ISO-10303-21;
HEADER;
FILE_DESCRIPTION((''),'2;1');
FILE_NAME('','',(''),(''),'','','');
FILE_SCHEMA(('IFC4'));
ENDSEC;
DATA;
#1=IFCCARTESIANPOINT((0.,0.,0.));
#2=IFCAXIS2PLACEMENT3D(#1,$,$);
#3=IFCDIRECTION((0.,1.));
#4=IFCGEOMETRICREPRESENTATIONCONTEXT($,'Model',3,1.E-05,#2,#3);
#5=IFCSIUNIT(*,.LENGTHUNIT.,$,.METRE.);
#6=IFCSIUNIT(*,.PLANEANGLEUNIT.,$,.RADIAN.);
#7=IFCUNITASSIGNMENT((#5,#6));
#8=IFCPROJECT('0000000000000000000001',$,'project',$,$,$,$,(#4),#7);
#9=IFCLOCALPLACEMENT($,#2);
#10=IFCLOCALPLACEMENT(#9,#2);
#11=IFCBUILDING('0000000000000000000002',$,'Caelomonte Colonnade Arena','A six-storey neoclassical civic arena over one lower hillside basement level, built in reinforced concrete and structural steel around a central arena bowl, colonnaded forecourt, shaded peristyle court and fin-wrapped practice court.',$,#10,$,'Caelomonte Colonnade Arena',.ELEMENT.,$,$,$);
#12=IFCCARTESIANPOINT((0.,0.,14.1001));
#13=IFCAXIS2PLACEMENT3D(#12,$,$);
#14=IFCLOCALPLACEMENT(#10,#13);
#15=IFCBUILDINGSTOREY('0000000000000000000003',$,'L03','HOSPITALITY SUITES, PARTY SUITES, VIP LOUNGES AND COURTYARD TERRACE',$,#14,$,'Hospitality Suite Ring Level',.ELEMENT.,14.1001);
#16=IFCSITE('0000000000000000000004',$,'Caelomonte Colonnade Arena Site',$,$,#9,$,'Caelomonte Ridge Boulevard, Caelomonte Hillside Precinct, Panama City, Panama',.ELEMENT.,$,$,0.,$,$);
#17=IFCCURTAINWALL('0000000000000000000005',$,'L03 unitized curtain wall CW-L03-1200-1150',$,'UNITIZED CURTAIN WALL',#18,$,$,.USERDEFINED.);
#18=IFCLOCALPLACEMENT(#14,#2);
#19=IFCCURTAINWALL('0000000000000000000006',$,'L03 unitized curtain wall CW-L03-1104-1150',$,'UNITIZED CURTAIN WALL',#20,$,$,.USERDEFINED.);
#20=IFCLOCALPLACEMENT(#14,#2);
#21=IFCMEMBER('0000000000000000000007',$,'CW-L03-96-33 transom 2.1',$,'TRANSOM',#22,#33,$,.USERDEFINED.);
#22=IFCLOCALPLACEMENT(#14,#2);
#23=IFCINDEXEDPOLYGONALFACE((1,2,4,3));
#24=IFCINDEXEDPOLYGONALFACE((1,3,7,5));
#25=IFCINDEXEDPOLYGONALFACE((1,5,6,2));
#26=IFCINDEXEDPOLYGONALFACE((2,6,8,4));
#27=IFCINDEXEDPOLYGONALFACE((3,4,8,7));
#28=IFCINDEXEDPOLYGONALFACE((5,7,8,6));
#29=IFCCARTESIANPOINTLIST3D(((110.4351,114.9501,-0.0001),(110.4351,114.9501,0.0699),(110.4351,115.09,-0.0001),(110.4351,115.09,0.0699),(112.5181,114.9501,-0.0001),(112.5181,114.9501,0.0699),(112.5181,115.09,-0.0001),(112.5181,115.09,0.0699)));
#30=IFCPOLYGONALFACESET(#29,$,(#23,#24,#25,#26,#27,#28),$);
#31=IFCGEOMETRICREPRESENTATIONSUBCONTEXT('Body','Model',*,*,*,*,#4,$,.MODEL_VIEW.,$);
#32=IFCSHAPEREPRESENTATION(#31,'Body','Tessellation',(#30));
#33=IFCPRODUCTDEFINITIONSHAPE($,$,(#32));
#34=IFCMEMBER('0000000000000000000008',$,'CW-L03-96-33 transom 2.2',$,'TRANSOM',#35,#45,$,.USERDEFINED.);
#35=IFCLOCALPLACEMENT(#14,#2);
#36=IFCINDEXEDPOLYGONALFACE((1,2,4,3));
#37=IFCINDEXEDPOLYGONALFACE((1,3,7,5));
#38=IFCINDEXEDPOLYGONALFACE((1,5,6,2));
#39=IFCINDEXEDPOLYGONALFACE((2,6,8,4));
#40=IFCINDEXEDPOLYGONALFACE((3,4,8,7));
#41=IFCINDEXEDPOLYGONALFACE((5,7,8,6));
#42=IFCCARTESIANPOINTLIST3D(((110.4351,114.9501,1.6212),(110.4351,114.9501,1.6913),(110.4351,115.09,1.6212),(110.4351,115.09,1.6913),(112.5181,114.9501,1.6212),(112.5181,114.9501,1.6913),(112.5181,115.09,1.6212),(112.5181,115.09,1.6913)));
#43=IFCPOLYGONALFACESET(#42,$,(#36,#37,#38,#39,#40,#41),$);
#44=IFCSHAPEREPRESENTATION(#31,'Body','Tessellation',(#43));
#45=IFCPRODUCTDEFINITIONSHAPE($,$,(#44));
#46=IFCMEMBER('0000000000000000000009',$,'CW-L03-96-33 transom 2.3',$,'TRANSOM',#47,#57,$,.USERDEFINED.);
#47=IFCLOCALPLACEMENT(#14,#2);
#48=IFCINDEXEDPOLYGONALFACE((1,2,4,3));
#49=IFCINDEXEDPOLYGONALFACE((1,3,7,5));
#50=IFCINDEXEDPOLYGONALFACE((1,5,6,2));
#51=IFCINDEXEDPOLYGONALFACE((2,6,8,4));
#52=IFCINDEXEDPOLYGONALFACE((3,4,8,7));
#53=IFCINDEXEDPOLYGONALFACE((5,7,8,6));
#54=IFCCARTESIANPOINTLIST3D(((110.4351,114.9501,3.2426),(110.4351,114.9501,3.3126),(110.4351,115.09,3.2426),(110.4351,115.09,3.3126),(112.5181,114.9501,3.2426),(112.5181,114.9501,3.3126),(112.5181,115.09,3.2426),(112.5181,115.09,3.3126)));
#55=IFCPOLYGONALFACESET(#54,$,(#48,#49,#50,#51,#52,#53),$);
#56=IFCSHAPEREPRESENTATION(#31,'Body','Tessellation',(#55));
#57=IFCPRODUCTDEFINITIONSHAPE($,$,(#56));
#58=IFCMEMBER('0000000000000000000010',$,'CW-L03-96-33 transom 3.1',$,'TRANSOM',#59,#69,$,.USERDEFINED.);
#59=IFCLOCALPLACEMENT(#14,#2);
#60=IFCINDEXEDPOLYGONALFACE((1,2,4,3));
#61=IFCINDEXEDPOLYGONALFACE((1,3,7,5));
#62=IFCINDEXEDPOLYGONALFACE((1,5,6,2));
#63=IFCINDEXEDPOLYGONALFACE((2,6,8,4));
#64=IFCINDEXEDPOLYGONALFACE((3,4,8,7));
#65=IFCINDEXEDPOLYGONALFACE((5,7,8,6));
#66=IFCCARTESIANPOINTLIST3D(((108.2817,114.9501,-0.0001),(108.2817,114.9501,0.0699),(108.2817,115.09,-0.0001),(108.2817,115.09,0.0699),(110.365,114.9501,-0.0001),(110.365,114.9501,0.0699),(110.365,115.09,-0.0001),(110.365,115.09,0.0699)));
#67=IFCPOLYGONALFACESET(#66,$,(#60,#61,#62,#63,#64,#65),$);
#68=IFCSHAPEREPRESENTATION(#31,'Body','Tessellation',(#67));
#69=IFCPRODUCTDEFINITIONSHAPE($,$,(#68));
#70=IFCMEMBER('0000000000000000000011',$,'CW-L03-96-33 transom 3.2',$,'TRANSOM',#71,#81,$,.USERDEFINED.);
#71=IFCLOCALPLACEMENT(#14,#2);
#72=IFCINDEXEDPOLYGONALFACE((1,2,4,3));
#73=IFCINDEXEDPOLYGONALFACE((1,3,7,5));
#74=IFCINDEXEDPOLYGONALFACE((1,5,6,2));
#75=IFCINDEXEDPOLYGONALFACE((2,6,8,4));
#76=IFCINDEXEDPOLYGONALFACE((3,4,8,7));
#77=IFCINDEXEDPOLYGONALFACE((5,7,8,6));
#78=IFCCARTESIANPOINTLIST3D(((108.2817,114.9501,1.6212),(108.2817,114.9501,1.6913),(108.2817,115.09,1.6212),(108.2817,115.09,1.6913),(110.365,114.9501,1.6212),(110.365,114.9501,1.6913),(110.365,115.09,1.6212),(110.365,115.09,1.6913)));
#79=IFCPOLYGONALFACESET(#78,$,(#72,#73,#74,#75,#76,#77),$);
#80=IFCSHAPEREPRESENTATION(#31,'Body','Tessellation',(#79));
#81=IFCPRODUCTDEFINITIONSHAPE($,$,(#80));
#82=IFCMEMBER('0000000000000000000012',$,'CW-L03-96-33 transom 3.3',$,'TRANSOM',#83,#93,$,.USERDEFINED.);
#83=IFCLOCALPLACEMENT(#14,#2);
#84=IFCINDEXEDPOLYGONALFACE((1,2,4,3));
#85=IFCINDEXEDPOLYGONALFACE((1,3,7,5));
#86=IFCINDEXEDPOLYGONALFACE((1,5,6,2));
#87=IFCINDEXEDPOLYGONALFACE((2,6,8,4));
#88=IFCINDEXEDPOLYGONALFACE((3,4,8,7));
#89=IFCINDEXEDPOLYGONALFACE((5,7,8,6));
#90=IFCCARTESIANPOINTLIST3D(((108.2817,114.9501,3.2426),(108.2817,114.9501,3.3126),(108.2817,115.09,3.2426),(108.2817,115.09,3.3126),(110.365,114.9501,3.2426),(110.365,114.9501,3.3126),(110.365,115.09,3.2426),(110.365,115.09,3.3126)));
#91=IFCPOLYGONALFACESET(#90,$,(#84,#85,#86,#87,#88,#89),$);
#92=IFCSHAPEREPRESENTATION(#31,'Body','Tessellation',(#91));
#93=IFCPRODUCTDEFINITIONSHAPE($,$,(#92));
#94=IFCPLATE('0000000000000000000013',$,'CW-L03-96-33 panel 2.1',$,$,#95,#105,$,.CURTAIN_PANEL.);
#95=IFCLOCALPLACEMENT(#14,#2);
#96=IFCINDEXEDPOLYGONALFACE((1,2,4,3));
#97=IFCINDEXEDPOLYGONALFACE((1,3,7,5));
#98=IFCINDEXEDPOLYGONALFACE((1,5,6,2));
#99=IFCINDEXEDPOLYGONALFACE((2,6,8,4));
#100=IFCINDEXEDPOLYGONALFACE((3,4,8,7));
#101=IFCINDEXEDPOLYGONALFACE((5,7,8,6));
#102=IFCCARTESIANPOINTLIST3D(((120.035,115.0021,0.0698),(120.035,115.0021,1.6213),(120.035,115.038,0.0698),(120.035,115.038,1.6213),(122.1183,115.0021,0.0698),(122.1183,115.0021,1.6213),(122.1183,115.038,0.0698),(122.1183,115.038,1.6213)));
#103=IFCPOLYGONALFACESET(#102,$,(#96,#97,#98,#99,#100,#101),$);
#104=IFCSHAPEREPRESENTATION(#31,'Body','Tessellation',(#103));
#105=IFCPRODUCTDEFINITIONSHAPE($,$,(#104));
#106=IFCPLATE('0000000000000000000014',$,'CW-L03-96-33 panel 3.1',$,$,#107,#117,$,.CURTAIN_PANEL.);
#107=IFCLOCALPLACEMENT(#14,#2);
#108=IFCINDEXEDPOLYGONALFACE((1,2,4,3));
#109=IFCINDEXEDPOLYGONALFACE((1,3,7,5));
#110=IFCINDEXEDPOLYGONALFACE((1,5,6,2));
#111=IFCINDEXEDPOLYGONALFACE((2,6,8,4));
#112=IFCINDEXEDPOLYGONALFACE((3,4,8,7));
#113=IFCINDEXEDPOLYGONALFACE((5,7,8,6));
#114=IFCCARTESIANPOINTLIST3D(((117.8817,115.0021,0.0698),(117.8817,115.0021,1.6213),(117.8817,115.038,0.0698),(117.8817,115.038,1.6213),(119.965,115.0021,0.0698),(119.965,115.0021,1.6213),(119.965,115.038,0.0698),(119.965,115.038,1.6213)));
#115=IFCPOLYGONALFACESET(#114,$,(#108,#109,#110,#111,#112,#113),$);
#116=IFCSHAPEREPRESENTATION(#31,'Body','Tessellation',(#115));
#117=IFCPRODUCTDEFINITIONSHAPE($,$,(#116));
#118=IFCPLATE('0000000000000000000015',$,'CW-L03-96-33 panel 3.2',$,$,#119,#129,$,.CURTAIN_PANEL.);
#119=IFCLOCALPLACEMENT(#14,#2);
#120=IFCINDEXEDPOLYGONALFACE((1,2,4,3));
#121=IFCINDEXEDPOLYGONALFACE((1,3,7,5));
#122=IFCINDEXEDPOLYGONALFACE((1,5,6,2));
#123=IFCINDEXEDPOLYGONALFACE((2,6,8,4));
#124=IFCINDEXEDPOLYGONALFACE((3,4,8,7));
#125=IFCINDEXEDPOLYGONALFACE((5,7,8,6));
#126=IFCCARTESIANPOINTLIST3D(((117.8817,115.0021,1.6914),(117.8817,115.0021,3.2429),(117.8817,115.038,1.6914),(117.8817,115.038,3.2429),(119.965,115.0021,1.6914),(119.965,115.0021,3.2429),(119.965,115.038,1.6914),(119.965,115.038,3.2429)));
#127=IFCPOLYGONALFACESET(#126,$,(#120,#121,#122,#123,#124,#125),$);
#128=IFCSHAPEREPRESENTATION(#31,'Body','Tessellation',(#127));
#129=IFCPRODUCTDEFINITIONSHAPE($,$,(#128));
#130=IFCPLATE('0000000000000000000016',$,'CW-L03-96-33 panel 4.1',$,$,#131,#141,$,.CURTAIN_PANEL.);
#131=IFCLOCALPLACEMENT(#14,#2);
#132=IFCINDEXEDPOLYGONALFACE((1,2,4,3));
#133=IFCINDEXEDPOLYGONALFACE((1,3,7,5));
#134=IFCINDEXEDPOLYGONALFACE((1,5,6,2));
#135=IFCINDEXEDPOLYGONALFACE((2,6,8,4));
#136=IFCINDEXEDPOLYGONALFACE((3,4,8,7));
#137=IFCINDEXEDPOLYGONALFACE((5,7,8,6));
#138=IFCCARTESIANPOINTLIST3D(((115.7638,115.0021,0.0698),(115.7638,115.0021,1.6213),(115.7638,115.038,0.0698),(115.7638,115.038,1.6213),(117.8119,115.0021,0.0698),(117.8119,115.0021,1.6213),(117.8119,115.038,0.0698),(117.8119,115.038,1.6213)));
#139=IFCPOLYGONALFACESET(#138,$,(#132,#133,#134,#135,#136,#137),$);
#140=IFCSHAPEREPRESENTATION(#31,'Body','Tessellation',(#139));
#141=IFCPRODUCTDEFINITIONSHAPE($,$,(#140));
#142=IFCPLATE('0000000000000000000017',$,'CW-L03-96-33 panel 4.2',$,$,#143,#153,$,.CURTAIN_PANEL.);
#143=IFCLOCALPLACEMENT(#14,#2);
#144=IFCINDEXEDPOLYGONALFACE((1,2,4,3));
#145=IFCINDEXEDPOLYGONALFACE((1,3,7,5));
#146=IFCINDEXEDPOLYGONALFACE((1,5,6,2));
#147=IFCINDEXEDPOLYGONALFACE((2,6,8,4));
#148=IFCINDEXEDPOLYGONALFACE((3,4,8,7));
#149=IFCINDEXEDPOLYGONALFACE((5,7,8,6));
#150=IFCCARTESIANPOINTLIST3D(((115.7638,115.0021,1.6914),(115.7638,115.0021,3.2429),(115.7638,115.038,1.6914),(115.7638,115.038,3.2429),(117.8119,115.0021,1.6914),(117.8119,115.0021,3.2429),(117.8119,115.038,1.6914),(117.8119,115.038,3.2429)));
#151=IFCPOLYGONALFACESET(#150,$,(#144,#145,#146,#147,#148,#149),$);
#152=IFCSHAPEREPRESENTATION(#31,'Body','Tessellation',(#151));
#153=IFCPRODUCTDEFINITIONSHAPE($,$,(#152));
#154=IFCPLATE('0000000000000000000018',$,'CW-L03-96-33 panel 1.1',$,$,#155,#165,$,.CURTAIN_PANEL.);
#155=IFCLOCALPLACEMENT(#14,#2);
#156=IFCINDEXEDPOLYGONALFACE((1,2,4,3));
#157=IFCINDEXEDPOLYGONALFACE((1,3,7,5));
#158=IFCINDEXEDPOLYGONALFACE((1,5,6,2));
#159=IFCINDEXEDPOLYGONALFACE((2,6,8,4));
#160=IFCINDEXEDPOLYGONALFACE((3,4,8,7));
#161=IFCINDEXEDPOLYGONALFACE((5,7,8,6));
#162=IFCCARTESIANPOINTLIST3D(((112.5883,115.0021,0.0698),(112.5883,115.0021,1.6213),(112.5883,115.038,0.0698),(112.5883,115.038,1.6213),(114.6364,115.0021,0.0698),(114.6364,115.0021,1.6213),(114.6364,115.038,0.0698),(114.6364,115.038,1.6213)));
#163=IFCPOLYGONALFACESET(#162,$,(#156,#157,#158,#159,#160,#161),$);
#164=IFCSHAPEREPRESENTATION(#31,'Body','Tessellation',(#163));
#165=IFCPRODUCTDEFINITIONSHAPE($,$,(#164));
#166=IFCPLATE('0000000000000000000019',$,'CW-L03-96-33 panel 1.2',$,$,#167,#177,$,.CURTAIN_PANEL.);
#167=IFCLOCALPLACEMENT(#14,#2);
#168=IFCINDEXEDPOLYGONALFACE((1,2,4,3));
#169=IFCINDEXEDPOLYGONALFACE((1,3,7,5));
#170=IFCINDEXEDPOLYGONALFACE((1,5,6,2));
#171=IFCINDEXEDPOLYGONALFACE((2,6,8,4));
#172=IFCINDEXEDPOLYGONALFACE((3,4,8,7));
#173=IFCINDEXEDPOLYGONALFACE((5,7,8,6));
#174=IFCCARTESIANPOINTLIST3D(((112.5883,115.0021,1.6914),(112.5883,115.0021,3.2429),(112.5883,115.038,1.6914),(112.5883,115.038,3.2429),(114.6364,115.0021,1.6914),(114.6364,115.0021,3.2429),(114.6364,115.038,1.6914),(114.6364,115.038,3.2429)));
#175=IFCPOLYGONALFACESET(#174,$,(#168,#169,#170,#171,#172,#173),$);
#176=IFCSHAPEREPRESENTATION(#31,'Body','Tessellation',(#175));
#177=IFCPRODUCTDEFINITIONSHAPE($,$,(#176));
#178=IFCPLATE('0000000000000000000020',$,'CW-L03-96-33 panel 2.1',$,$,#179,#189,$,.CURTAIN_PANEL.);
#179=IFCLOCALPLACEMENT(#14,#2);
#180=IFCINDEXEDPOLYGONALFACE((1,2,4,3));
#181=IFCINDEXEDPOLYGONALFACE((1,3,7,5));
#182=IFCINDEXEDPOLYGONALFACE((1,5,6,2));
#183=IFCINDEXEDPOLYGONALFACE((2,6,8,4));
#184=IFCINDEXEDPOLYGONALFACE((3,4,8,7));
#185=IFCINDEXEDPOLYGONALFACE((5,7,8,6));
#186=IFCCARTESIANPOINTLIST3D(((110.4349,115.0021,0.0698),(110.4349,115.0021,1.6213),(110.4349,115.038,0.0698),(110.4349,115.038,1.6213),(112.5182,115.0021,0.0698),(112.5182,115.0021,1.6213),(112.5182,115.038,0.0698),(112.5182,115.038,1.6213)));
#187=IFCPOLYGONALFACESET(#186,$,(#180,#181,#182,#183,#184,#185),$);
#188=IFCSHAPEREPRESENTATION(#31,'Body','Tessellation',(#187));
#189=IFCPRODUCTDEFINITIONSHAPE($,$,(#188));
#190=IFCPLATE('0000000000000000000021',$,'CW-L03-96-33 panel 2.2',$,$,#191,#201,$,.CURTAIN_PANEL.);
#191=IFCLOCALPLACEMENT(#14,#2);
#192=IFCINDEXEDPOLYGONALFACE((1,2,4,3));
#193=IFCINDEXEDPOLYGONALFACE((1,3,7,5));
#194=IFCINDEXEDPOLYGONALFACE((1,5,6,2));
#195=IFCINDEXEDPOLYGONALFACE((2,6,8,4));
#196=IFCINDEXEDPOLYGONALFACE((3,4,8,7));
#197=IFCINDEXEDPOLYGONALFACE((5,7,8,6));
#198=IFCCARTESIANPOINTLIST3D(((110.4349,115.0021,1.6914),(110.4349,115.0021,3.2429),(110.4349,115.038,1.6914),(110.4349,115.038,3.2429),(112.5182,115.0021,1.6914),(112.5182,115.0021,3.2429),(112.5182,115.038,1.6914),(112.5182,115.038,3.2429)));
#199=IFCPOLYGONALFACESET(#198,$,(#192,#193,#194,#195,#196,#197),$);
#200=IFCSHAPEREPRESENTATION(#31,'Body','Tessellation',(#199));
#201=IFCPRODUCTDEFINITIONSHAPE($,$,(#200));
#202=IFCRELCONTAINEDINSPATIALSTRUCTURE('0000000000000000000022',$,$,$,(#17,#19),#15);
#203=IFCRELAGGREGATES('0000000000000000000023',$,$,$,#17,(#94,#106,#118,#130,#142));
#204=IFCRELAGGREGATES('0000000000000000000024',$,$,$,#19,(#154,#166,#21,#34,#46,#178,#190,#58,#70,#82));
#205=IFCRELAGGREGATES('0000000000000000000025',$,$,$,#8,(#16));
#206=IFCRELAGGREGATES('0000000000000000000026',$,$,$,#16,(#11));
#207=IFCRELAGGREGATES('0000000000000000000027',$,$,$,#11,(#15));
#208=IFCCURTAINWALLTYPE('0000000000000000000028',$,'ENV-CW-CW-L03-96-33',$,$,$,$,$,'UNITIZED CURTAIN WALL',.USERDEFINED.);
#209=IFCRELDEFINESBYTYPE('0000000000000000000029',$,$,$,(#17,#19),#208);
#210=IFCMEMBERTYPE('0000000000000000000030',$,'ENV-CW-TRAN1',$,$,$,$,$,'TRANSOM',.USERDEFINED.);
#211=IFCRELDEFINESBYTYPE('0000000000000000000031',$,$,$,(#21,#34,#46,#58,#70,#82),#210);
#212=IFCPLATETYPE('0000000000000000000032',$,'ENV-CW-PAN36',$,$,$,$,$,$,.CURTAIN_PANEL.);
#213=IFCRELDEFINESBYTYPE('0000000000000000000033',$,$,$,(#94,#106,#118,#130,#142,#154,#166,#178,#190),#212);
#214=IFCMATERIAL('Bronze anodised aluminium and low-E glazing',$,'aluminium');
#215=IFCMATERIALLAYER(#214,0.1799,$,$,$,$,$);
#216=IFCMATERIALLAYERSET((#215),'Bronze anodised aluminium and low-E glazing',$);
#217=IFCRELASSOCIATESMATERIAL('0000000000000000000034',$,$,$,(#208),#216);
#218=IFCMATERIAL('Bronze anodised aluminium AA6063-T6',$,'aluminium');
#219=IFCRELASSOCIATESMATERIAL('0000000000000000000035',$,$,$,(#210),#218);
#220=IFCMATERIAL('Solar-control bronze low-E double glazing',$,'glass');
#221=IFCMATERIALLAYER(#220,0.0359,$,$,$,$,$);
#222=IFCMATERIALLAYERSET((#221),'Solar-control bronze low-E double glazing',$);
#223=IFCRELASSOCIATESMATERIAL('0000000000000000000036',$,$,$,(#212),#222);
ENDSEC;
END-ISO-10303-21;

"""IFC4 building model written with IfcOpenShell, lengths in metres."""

from ifc_helpers import new_model, si_unit, direction, frame, origin, origin_2d, place, context, subcontext, project, spatial, rectangle, extrude, material, layer, layer_set, material_profile, profile_set, type_object, element, aggregate, save


model = new_model("IFC4")

# Units and contexts
model_context = context("Model", 3, precision=1e-05, world=origin(), true_north=direction((0.0, 1.0)))
body_context = subcontext(model_context, "Body", "Model", "MODEL_VIEW")
ifc_project = project(units=[si_unit("LENGTHUNIT", "METRE"), si_unit("PLANEANGLEUNIT", "RADIAN")], contexts=[model_context])

# Site, building, storey
site_placement = place(None, origin())
site = spatial("IfcSite", under=ifc_project, at=site_placement, Name="Caelomonte Colonnade Arena Site", LongName="Caelomonte Ridge Boulevard, Caelomonte Hillside Precinct, Panama City, Panama", CompositionType="ELEMENT", RefElevation=0.0)
building_placement = place(site_placement, origin())
building = spatial("IfcBuilding", under=site, at=building_placement, Name="Caelomonte Colonnade Arena", Description="A six-storey neoclassical civic arena over one lower hillside basement level, built in reinforced concrete and structural steel around a central arena bowl, colonnaded forecourt, shaded peristyle court and fin-wrapped practice court.", LongName="Caelomonte Colonnade Arena", CompositionType="ELEMENT")
storey_placement = place(building_placement, frame((0.0, 0.0, 14.1001)))
storey = spatial("IfcBuildingStorey", under=building, at=storey_placement, Name="L03", Description="HOSPITALITY SUITES, PARTY SUITES, VIP LOUNGES AND COURTYARD TERRACE", LongName="Hospitality Suite Ring Level", CompositionType="ELEMENT", Elevation=14.1001)

# Curtain walls
ifc_material_1 = material(Name="Bronze anodised aluminium and low-E glazing", Category="aluminium")
ifc_layer_1 = layer(ifc_material_1, 0.1799)
ifc_layer_set_1 = layer_set([ifc_layer_1], Name="Bronze anodised aluminium and low-E glazing")
curtain_wall_type = type_object("IfcCurtainWallType", Name="ENV-CW-CW-L03-96-33", ElementType="UNITIZED CURTAIN WALL", PredefinedType="USERDEFINED", material=ifc_layer_set_1)
curtain_wall_1_placement = place(storey_placement, origin())
curtain_wall_1 = element("IfcCurtainWall", 1, at=curtain_wall_1_placement, inside=storey, type_object=curtain_wall_type, Name="L03 unitized curtain wall CW-L03-1200-1150", ObjectType="UNITIZED CURTAIN WALL", PredefinedType="USERDEFINED")
ifc_material_2 = material(Name="Bronze anodised aluminium AA6063-T6", Category="aluminium")
curtain_wall_2_placement = place(storey_placement, origin())
curtain_wall_2 = element("IfcCurtainWall", 2, at=curtain_wall_2_placement, inside=storey, type_object=curtain_wall_type, Name="L03 unitized curtain wall CW-L03-1104-1150", ObjectType="UNITIZED CURTAIN WALL", PredefinedType="USERDEFINED")

# Members
ifc_material_profile_1 = material_profile(ifc_material_2, rectangle(XDim=0.0701, YDim=0.1399, at=origin_2d()), Name="CWT-70X140")
ifc_profile_set_1 = profile_set([ifc_material_profile_1], Name="Bronze anodised aluminium AA6063-T6")
member_type_1 = type_object("IfcMemberType", Name="ENV-CW-TRAN1", ElementType="TRANSOM", PredefinedType="USERDEFINED", material=ifc_profile_set_1)
member_1_placement = place(storey_placement, frame((112.5181, 115.02, 0.0349), z_axis=(-1.0, 0.0, 0.0), x_axis=(0.0, 0.0, 1.0)))
member_1 = element("IfcMember", 3, at=member_1_placement, type_object=member_type_1, Name="CW-L03-96-33 transom 2.1", ObjectType="TRANSOM", PredefinedType="USERDEFINED", context=body_context, shape_type="SweptSolid", body=[
    extrude(rectangle(XDim=0.0701, YDim=0.1399, at=origin_2d()), origin(), (0.0, 0.0, 1.0), 2.083),
])
member_2_placement = place(storey_placement, frame((112.5181, 115.02, 1.6562), z_axis=(-1.0, 0.0, 0.0), x_axis=(0.0, 0.0, 1.0)))
member_2 = element("IfcMember", 4, at=member_2_placement, type_object=member_type_1, Name="CW-L03-96-33 transom 2.2", ObjectType="TRANSOM", PredefinedType="USERDEFINED", context=body_context, shape_type="SweptSolid", body=[
    extrude(rectangle(XDim=0.0701, YDim=0.1399, at=origin_2d()), origin(), (0.0, 0.0, 1.0), 2.083),
])
member_3_placement = place(storey_placement, frame((112.5181, 115.02, 3.2776), z_axis=(-1.0, 0.0, 0.0), x_axis=(0.0, 0.0, 1.0)))
member_3 = element("IfcMember", 5, at=member_3_placement, type_object=member_type_1, Name="CW-L03-96-33 transom 2.3", ObjectType="TRANSOM", PredefinedType="USERDEFINED", context=body_context, shape_type="SweptSolid", body=[
    extrude(rectangle(XDim=0.0701, YDim=0.1399, at=origin_2d()), origin(), (0.0, 0.0, 1.0), 2.083),
])
member_4_placement = place(storey_placement, frame((110.365, 115.02, 0.0349), z_axis=(-1.0, 0.0, 0.0), x_axis=(0.0, 0.0, 1.0)))
member_4 = element("IfcMember", 6, at=member_4_placement, type_object=member_type_1, Name="CW-L03-96-33 transom 3.1", ObjectType="TRANSOM", PredefinedType="USERDEFINED", context=body_context, shape_type="SweptSolid", body=[
    extrude(rectangle(XDim=0.0701, YDim=0.1399, at=origin_2d()), origin(), (0.0, 0.0, 1.0), 2.0833),
])
member_5_placement = place(storey_placement, frame((110.365, 115.02, 1.6562), z_axis=(-1.0, 0.0, 0.0), x_axis=(0.0, 0.0, 1.0)))
member_5 = element("IfcMember", 7, at=member_5_placement, type_object=member_type_1, Name="CW-L03-96-33 transom 3.2", ObjectType="TRANSOM", PredefinedType="USERDEFINED", context=body_context, shape_type="SweptSolid", body=[
    extrude(rectangle(XDim=0.0701, YDim=0.1399, at=origin_2d()), origin(), (0.0, 0.0, 1.0), 2.0833),
])
member_6_placement = place(storey_placement, frame((110.365, 115.02, 3.2776), z_axis=(-1.0, 0.0, 0.0), x_axis=(0.0, 0.0, 1.0)))
member_6 = element("IfcMember", 8, at=member_6_placement, type_object=member_type_1, Name="CW-L03-96-33 transom 3.3", ObjectType="TRANSOM", PredefinedType="USERDEFINED", context=body_context, shape_type="SweptSolid", body=[
    extrude(rectangle(XDim=0.0701, YDim=0.1399, at=origin_2d()), origin(), (0.0, 0.0, 1.0), 2.0833),
])

# Plates
ifc_material_3 = material(Name="Solar-control bronze low-E double glazing", Category="glass")
ifc_layer_2 = layer(ifc_material_3, 0.0359)
ifc_layer_set_2 = layer_set([ifc_layer_2], Name="Solar-control bronze low-E double glazing")
plate_type = type_object("IfcPlateType", Name="ENV-CW-PAN36", PredefinedType="CURTAIN_PANEL", material=ifc_layer_set_2)
plate_1_placement = place(storey_placement, frame((121.0767, 115.02, 0.0698), z_axis=(0.0, 0.0, 1.0), x_axis=(-1.0, 0.0, 0.0)))
plate_1 = element("IfcPlate", 9, at=plate_1_placement, type_object=plate_type, Name="CW-L03-96-33 panel 2.1", PredefinedType="CURTAIN_PANEL", context=body_context, shape_type="SweptSolid", body=[
    extrude(rectangle(XDim=2.0833, YDim=0.0359, at=origin_2d()), origin(), (0.0, 0.0, 1.0), 1.5515),
])
plate_2_placement = place(storey_placement, frame((118.9233, 115.02, 0.0698), z_axis=(0.0, 0.0, 1.0), x_axis=(-1.0, 0.0, 0.0)))
plate_2 = element("IfcPlate", 10, at=plate_2_placement, type_object=plate_type, Name="CW-L03-96-33 panel 3.1", PredefinedType="CURTAIN_PANEL", context=body_context, shape_type="SweptSolid", body=[
    extrude(rectangle(XDim=2.0833, YDim=0.0359, at=origin_2d()), origin(), (0.0, 0.0, 1.0), 1.5515),
])
plate_3_placement = place(storey_placement, frame((118.9233, 115.02, 1.6914), z_axis=(0.0, 0.0, 1.0), x_axis=(-1.0, 0.0, 0.0)))
plate_3 = element("IfcPlate", 11, at=plate_3_placement, type_object=plate_type, Name="CW-L03-96-33 panel 3.2", PredefinedType="CURTAIN_PANEL", context=body_context, shape_type="SweptSolid", body=[
    extrude(rectangle(XDim=2.0833, YDim=0.0359, at=origin_2d()), origin(), (0.0, 0.0, 1.0), 1.5515),
])
plate_4_placement = place(storey_placement, frame((116.7878, 115.02, 0.0698), z_axis=(0.0, 0.0, 1.0), x_axis=(-1.0, 0.0, 0.0)))
plate_4 = element("IfcPlate", 12, at=plate_4_placement, type_object=plate_type, Name="CW-L03-96-33 panel 4.1", PredefinedType="CURTAIN_PANEL", context=body_context, shape_type="SweptSolid", body=[
    extrude(rectangle(XDim=2.0481, YDim=0.0359, at=origin_2d()), origin(), (0.0, 0.0, 1.0), 1.5515),
])
plate_5_placement = place(storey_placement, frame((116.7878, 115.02, 1.6914), z_axis=(0.0, 0.0, 1.0), x_axis=(-1.0, 0.0, 0.0)))
plate_5 = element("IfcPlate", 13, at=plate_5_placement, type_object=plate_type, Name="CW-L03-96-33 panel 4.2", PredefinedType="CURTAIN_PANEL", context=body_context, shape_type="SweptSolid", body=[
    extrude(rectangle(XDim=2.0481, YDim=0.0359, at=origin_2d()), origin(), (0.0, 0.0, 1.0), 1.5515),
])
aggregate(curtain_wall_1, [plate_1, plate_2, plate_3, plate_4, plate_5])
plate_6_placement = place(storey_placement, frame((113.6123, 115.02, 0.0698), z_axis=(0.0, 0.0, 1.0), x_axis=(-1.0, 0.0, 0.0)))
plate_6 = element("IfcPlate", 14, at=plate_6_placement, type_object=plate_type, Name="CW-L03-96-33 panel 1.1", PredefinedType="CURTAIN_PANEL", context=body_context, shape_type="SweptSolid", body=[
    extrude(rectangle(XDim=2.0481, YDim=0.0359, at=origin_2d()), origin(), (0.0, 0.0, 1.0), 1.5515),
])
plate_7_placement = place(storey_placement, frame((113.6123, 115.02, 1.6914), z_axis=(0.0, 0.0, 1.0), x_axis=(-1.0, 0.0, 0.0)))
plate_7 = element("IfcPlate", 15, at=plate_7_placement, type_object=plate_type, Name="CW-L03-96-33 panel 1.2", PredefinedType="CURTAIN_PANEL", context=body_context, shape_type="SweptSolid", body=[
    extrude(rectangle(XDim=2.0481, YDim=0.0359, at=origin_2d()), origin(), (0.0, 0.0, 1.0), 1.5515),
])
plate_8_placement = place(storey_placement, frame((111.4766, 115.02, 0.0698), z_axis=(0.0, 0.0, 1.0), x_axis=(-1.0, 0.0, 0.0)))
plate_8 = element("IfcPlate", 16, at=plate_8_placement, type_object=plate_type, Name="CW-L03-96-33 panel 2.1", PredefinedType="CURTAIN_PANEL", context=body_context, shape_type="SweptSolid", body=[
    extrude(rectangle(XDim=2.0833, YDim=0.0359, at=origin_2d()), origin(), (0.0, 0.0, 1.0), 1.5515),
])
plate_9_placement = place(storey_placement, frame((111.4766, 115.02, 1.6914), z_axis=(0.0, 0.0, 1.0), x_axis=(-1.0, 0.0, 0.0)))
plate_9 = element("IfcPlate", 17, at=plate_9_placement, type_object=plate_type, Name="CW-L03-96-33 panel 2.2", PredefinedType="CURTAIN_PANEL", context=body_context, shape_type="SweptSolid", body=[
    extrude(rectangle(XDim=2.0833, YDim=0.0359, at=origin_2d()), origin(), (0.0, 0.0, 1.0), 1.5515),
])
aggregate(curtain_wall_2, [plate_6, plate_7, member_1, member_2, member_3, plate_8, plate_9, member_4, member_5, member_6])

save(model, "model.ifc")
